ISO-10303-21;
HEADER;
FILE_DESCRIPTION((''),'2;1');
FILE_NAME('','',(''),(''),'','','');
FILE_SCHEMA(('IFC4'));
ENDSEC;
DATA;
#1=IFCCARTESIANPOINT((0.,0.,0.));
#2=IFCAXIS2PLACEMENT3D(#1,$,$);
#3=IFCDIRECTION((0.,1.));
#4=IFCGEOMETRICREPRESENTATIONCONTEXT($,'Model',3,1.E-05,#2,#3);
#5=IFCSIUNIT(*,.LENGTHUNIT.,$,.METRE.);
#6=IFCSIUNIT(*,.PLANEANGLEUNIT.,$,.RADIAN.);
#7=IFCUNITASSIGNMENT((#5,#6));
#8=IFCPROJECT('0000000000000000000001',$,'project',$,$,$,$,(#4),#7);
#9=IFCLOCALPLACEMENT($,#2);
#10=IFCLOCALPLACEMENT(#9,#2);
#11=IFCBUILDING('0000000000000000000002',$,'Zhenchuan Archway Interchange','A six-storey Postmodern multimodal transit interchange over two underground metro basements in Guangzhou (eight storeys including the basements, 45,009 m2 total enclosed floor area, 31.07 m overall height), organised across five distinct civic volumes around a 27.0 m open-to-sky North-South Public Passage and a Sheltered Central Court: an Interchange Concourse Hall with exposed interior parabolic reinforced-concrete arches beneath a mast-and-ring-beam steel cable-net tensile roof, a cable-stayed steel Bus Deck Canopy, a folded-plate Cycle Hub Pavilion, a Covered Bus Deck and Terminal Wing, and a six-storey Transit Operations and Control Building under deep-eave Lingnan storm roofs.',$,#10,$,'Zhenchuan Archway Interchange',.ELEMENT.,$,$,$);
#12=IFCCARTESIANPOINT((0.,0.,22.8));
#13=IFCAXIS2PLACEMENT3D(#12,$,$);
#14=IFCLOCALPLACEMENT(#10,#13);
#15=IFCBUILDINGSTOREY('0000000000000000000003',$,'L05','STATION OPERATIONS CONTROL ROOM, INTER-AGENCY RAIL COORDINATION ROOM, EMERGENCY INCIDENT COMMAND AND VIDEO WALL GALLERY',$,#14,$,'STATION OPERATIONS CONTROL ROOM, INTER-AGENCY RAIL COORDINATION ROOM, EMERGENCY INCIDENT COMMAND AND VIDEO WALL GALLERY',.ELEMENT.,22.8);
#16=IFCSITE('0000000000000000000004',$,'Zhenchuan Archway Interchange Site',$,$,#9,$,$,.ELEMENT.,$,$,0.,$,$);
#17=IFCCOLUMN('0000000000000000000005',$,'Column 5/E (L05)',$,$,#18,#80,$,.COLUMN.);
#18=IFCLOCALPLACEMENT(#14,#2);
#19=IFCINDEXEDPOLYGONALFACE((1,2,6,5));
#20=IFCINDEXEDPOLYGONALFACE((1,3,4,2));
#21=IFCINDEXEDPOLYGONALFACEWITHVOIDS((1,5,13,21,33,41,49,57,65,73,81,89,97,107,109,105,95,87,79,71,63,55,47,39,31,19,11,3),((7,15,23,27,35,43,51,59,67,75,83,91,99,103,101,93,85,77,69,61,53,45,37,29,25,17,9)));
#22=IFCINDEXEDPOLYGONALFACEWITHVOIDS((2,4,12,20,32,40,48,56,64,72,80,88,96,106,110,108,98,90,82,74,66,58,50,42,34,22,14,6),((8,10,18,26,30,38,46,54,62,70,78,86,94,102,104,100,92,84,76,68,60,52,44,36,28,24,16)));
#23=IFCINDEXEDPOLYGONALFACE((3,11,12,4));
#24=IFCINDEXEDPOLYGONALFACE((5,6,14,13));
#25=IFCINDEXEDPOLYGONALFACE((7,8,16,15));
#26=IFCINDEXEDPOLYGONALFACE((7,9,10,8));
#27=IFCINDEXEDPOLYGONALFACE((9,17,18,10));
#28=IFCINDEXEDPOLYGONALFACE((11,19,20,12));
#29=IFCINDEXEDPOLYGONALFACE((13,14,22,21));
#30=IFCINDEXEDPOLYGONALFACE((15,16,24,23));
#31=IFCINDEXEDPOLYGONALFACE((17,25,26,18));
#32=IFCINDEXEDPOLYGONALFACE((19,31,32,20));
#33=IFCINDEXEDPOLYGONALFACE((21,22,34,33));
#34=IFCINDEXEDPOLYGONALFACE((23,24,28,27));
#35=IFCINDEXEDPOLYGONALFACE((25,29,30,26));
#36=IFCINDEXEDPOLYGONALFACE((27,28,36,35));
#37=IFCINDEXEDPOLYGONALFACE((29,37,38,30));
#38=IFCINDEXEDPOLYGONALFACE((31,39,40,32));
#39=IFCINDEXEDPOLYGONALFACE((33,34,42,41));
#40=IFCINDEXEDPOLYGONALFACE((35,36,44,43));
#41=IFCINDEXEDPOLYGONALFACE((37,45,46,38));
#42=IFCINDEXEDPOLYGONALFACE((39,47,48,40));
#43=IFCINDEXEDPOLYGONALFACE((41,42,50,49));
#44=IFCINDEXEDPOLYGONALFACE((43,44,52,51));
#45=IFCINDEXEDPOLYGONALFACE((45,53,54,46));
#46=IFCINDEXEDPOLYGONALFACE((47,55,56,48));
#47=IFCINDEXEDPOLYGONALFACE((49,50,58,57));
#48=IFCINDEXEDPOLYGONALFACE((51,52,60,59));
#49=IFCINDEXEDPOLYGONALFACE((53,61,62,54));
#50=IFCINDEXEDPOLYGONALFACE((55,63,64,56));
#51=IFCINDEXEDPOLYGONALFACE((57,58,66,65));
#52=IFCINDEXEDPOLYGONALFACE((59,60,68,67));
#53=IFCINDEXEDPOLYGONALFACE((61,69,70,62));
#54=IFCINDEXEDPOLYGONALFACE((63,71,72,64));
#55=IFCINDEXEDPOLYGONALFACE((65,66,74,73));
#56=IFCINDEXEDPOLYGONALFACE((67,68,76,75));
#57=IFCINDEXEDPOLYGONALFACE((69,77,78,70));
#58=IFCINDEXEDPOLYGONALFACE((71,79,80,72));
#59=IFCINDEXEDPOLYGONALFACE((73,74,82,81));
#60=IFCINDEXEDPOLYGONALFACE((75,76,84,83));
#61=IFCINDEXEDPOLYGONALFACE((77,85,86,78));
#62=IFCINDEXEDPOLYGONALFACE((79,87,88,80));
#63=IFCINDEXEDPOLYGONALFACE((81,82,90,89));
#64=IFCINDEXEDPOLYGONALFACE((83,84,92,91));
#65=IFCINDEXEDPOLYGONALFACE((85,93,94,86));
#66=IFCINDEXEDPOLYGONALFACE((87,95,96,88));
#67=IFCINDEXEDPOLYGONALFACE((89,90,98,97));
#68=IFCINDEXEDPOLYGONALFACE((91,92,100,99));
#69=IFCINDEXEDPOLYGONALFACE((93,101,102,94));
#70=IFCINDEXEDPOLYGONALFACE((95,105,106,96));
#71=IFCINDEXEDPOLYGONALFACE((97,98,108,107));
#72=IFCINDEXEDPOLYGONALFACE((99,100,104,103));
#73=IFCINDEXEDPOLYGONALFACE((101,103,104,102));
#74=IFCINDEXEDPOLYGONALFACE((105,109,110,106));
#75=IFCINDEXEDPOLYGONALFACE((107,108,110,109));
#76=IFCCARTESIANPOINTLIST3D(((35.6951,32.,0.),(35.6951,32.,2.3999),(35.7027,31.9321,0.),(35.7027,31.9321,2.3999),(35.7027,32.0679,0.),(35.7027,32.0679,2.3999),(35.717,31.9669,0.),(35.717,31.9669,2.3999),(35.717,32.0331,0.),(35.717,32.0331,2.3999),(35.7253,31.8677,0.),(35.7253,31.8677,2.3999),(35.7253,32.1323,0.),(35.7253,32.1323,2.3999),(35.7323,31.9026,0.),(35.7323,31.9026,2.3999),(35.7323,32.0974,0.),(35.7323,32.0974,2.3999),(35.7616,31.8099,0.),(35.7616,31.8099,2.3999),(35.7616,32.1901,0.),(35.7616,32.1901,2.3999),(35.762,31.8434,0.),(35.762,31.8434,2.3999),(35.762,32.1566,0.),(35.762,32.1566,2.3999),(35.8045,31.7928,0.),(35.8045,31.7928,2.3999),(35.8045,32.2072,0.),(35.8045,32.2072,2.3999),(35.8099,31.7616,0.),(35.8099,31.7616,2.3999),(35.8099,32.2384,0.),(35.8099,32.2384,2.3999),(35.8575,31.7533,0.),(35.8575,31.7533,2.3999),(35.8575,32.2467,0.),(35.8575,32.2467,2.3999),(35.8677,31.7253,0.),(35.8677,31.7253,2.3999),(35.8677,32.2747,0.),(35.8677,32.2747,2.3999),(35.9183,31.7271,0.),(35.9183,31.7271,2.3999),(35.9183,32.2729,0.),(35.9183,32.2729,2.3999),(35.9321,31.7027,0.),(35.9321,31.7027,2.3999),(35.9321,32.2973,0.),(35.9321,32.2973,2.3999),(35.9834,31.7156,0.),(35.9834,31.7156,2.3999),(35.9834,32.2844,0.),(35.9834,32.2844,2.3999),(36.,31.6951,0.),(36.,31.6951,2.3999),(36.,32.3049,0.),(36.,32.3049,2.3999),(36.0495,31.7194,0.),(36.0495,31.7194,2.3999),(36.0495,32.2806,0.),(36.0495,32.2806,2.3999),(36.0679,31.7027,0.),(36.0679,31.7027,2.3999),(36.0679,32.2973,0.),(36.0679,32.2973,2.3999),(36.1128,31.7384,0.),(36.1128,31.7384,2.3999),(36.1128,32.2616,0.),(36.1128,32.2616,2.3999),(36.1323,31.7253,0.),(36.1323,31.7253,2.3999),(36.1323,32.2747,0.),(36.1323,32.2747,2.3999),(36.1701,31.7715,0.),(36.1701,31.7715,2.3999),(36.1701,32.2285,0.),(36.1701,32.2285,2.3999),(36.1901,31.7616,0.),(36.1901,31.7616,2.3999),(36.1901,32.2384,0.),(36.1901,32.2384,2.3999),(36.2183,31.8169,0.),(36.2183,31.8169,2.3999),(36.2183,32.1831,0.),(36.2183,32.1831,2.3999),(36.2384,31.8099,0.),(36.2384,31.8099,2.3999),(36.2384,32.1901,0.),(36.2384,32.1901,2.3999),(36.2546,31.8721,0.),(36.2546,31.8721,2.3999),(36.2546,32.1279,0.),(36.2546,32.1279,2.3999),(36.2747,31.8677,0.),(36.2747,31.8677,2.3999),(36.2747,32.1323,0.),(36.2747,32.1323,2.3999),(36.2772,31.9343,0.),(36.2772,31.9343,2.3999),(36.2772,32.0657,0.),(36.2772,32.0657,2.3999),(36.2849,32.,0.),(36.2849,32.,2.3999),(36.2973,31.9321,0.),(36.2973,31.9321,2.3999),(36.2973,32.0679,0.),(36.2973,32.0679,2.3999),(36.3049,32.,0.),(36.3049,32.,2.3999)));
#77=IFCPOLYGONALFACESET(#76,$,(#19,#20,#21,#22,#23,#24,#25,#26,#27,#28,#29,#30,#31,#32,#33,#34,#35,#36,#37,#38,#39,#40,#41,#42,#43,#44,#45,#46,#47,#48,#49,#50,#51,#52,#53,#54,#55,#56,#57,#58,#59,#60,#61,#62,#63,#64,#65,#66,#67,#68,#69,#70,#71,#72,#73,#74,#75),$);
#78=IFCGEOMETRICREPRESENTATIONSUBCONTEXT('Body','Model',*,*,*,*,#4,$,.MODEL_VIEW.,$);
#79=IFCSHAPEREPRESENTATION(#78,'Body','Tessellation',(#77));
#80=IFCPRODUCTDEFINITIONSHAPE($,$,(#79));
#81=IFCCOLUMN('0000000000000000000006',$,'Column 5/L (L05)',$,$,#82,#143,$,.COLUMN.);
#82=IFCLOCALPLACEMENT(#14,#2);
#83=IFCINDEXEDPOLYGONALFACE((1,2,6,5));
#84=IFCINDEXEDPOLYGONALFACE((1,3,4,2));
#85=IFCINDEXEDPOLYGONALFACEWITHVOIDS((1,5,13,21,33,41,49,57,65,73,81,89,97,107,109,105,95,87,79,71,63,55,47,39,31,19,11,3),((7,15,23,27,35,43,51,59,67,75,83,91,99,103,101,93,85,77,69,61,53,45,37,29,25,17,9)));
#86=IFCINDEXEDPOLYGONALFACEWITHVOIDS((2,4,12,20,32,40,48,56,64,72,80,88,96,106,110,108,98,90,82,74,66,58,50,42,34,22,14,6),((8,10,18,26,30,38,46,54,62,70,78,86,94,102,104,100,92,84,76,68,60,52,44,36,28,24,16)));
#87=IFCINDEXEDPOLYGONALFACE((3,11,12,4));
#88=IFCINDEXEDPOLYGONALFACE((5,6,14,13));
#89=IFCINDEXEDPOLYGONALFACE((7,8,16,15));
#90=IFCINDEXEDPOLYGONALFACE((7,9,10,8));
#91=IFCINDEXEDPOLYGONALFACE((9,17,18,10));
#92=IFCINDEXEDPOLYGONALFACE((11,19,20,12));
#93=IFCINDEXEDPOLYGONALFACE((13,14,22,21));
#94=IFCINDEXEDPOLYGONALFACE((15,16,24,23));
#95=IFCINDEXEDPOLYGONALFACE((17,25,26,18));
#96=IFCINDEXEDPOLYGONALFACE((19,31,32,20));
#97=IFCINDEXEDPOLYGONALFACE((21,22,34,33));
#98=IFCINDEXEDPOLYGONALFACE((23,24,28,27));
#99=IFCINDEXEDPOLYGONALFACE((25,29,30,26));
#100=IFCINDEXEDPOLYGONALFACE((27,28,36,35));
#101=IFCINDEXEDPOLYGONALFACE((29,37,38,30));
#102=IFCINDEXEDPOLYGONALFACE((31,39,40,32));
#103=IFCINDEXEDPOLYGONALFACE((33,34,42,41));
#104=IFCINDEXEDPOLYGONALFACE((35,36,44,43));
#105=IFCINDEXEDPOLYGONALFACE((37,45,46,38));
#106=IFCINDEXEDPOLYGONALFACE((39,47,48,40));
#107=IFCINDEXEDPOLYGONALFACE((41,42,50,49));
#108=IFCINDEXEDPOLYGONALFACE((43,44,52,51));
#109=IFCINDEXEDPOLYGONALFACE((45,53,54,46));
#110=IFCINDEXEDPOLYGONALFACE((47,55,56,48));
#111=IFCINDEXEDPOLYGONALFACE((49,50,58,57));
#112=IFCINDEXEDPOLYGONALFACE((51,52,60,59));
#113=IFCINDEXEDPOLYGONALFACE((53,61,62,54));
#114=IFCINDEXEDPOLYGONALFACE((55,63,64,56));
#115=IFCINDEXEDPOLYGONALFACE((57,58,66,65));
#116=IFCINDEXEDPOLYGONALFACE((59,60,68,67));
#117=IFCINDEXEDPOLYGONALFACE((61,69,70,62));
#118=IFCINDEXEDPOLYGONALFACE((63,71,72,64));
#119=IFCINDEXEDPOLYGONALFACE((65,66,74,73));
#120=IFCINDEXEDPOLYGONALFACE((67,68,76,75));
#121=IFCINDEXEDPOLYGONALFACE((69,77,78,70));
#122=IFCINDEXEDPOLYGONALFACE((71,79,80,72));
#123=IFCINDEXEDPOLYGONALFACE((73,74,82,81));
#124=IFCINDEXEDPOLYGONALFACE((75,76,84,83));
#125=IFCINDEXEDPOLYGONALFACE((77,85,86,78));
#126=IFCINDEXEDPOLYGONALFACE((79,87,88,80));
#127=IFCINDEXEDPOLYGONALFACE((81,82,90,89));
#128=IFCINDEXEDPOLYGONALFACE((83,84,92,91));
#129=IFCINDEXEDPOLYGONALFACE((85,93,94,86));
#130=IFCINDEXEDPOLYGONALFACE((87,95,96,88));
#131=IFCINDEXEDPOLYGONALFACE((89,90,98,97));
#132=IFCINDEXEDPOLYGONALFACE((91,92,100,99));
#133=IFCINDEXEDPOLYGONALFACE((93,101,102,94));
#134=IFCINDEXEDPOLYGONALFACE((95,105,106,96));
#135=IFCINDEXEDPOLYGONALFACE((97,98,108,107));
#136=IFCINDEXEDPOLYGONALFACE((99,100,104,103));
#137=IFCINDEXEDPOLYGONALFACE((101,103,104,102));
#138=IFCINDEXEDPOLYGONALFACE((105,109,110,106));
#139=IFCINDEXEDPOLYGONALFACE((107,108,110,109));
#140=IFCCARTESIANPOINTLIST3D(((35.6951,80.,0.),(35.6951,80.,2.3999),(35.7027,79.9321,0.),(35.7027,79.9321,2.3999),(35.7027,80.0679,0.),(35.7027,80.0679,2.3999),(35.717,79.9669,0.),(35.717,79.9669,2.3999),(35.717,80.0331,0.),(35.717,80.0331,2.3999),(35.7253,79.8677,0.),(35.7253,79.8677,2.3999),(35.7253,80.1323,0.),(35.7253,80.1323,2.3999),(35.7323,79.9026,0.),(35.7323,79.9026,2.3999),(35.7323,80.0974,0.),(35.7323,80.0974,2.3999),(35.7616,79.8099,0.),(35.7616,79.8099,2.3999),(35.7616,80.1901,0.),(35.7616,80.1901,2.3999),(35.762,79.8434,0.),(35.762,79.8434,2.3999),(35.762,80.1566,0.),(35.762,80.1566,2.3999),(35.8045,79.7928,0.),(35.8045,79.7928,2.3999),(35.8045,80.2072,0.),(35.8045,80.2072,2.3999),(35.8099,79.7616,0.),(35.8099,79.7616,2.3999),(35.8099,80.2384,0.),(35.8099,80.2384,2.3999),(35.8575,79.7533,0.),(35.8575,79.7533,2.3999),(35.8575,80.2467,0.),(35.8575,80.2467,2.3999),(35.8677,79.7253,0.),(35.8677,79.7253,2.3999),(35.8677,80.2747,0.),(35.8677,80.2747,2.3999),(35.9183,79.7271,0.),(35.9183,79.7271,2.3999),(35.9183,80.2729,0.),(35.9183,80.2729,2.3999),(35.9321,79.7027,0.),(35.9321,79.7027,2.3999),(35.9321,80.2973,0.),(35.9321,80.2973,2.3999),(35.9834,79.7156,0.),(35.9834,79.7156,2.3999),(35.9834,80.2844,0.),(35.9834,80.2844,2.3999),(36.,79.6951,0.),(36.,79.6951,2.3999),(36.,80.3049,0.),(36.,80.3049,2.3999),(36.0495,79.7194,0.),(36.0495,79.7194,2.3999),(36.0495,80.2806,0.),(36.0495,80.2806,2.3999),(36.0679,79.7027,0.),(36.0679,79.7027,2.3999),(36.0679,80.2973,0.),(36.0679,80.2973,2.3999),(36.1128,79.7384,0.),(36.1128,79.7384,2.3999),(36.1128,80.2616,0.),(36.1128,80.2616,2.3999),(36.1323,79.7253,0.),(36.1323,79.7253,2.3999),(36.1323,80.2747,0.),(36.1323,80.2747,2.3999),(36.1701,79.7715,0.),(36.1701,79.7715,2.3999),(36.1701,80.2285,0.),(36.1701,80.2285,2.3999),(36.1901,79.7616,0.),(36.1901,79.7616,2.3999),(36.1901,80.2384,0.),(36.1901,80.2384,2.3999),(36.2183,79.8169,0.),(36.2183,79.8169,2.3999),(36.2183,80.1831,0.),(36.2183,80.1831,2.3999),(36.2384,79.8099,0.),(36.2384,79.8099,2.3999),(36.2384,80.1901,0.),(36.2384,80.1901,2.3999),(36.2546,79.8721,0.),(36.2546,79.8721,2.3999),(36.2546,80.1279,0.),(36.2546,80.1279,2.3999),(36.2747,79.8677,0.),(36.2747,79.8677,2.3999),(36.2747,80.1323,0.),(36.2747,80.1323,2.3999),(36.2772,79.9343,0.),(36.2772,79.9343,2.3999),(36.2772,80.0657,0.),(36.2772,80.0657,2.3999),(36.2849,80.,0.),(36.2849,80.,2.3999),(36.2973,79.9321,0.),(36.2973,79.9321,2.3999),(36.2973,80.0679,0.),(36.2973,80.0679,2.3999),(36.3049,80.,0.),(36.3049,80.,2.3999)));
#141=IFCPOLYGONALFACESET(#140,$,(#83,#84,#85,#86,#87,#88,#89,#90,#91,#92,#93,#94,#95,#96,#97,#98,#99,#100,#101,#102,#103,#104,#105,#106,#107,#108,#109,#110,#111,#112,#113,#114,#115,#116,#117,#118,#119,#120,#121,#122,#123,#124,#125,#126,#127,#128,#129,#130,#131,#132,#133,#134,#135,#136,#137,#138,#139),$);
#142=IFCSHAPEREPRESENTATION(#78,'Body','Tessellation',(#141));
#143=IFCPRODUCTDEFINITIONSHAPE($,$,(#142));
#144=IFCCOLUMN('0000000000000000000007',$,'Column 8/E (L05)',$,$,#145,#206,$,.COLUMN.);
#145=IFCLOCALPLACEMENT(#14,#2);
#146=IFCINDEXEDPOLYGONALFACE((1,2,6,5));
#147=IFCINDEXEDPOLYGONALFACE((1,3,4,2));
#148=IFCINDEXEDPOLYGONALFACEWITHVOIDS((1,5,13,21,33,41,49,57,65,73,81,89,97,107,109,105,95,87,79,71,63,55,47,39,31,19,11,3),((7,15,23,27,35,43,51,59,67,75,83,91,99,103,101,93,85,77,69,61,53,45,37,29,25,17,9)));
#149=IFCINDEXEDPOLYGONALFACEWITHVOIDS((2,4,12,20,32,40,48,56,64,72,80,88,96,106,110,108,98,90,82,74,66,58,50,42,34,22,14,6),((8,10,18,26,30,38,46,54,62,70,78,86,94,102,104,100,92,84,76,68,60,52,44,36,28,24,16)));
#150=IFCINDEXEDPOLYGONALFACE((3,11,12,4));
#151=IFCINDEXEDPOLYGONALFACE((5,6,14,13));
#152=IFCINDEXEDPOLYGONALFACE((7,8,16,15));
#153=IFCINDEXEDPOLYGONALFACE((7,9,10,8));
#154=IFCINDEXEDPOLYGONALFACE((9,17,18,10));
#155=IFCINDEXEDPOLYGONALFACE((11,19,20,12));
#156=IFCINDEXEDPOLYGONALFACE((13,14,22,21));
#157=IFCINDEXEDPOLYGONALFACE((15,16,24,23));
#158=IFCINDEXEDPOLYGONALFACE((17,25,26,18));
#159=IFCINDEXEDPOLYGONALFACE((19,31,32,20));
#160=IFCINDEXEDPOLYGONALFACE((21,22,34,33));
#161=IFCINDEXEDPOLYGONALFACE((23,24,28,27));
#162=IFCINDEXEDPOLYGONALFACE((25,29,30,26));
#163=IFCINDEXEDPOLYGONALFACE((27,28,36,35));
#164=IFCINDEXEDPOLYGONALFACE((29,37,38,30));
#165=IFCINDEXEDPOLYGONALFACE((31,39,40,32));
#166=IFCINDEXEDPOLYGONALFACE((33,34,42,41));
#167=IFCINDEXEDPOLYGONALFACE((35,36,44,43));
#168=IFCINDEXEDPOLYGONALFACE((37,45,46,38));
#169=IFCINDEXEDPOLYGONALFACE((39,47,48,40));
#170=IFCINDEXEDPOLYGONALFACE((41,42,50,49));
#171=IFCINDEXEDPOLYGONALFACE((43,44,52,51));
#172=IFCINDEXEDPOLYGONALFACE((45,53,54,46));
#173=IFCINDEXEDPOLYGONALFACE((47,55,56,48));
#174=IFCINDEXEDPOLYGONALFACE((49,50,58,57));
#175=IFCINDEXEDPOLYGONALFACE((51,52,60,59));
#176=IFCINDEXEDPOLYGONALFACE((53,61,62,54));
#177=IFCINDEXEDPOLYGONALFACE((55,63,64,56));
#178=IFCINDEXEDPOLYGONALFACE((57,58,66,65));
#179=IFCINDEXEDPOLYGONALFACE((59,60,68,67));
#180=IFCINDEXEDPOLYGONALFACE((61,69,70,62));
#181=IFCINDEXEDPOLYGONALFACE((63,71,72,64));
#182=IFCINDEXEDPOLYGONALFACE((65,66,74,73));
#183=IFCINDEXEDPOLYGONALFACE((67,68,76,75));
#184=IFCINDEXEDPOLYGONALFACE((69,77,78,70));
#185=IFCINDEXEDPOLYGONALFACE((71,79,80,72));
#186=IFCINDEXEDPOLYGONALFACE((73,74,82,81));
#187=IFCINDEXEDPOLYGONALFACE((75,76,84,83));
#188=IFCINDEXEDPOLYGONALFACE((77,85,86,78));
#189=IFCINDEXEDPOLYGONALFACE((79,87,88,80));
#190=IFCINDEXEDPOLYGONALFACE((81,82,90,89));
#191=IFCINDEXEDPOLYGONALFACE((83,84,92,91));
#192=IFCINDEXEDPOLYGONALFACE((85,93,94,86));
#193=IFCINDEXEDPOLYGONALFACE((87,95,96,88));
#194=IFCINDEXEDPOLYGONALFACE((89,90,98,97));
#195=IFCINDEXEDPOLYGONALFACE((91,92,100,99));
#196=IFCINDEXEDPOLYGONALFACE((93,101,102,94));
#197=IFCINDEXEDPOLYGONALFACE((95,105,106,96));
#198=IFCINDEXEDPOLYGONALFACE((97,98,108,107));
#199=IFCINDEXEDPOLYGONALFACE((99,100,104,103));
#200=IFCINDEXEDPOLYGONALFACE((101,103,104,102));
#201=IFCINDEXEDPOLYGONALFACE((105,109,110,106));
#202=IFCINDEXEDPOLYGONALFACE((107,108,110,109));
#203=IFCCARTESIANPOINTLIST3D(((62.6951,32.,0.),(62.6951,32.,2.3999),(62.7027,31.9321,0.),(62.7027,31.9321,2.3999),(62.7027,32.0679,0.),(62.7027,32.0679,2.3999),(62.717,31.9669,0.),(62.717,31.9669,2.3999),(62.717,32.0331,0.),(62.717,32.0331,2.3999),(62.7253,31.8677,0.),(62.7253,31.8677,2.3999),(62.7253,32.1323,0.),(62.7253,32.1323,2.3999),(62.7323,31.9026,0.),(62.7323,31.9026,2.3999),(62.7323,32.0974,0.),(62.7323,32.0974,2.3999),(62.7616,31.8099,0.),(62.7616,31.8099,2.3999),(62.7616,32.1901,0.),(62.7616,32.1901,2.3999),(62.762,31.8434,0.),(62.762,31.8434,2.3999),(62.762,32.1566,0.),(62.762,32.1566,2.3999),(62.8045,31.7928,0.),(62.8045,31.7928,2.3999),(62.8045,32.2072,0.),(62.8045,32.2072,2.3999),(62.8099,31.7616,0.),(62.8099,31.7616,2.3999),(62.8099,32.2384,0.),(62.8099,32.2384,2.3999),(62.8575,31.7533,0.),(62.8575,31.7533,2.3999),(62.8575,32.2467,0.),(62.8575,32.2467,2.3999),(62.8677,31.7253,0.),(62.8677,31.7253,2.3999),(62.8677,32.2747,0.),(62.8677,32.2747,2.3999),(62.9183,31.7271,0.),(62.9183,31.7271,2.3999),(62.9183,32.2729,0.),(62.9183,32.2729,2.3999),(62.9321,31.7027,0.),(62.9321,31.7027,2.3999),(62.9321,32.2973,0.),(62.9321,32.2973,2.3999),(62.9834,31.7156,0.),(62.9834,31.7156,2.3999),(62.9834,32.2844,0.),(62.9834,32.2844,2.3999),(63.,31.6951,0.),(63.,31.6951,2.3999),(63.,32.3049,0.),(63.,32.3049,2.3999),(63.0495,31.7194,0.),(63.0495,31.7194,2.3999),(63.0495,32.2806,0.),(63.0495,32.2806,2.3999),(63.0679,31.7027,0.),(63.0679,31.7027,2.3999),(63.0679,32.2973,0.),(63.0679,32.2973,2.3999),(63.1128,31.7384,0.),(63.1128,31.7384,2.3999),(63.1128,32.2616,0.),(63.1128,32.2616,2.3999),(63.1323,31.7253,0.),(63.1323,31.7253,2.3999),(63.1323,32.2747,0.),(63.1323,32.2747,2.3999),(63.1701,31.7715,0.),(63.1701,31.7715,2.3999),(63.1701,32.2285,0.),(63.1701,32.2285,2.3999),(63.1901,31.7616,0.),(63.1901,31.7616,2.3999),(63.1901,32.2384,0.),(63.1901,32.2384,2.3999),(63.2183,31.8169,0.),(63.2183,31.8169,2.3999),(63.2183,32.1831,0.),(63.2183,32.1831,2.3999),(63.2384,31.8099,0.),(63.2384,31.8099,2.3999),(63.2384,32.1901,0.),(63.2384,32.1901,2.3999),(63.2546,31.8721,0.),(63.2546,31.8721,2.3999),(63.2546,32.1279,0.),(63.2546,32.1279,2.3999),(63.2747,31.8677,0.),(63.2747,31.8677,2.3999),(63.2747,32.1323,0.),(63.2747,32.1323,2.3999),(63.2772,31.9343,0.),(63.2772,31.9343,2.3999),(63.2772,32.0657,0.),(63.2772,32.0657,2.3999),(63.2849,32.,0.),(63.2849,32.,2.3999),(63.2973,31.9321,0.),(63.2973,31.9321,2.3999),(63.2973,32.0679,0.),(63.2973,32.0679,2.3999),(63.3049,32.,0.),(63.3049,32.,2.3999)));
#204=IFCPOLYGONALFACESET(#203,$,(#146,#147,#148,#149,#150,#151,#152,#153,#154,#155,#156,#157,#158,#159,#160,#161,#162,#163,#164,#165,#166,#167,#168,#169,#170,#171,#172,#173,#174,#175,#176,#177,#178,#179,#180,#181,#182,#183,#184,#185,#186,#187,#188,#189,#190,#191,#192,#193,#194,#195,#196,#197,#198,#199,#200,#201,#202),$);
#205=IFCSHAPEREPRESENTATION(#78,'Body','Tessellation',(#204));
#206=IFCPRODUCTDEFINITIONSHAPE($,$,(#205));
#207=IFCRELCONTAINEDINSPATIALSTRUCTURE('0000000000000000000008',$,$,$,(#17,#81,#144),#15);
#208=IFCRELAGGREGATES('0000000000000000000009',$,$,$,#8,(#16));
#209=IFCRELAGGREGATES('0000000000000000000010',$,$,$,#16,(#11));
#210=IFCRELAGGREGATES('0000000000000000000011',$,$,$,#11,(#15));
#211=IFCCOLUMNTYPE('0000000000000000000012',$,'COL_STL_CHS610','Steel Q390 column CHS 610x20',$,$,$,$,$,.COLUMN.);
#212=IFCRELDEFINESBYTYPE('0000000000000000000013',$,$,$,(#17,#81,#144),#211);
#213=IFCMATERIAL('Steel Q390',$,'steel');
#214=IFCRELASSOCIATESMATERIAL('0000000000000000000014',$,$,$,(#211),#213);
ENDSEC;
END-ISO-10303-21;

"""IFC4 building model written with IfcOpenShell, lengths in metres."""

from ifc_helpers import new_model, si_unit, direction, frame, origin, origin_2d, place, context, subcontext, project, spatial, hollow_circle, extrude, material, material_profile, profile_set, type_object, element, save


model = new_model("IFC4")

# Units and contexts
model_context = context("Model", 3, precision=1e-05, world=origin(), true_north=direction((0.0, 1.0)))
body_context = subcontext(model_context, "Body", "Model", "MODEL_VIEW")
ifc_project = project(units=[si_unit("LENGTHUNIT", "METRE"), si_unit("PLANEANGLEUNIT", "RADIAN")], contexts=[model_context])

# Site, building, storey
site_placement = place(None, origin())
site = spatial("IfcSite", under=ifc_project, at=site_placement, Name="Zhenchuan Archway Interchange Site", CompositionType="ELEMENT", RefElevation=0.0)
building_placement = place(site_placement, origin())
building = spatial("IfcBuilding", under=site, at=building_placement, Name="Zhenchuan Archway Interchange", Description="A six-storey Postmodern multimodal transit interchange over two underground metro basements in Guangzhou (eight storeys including the basements, 45,009 m2 total enclosed floor area, 31.07 m overall height), organised across five distinct civic volumes around a 27.0 m open-to-sky North-South Public Passage and a Sheltered Central Court: an Interchange Concourse Hall with exposed interior parabolic reinforced-concrete arches beneath a mast-and-ring-beam steel cable-net tensile roof, a cable-stayed steel Bus Deck Canopy, a folded-plate Cycle Hub Pavilion, a Covered Bus Deck and Terminal Wing, and a six-storey Transit Operations and Control Building under deep-eave Lingnan storm roofs.", LongName="Zhenchuan Archway Interchange", CompositionType="ELEMENT")
storey_placement = place(building_placement, frame((0.0, 0.0, 22.8)))
storey = spatial("IfcBuildingStorey", under=building, at=storey_placement, Name="L05", Description="STATION OPERATIONS CONTROL ROOM, INTER-AGENCY RAIL COORDINATION ROOM, EMERGENCY INCIDENT COMMAND AND VIDEO WALL GALLERY", LongName="STATION OPERATIONS CONTROL ROOM, INTER-AGENCY RAIL COORDINATION ROOM, EMERGENCY INCIDENT COMMAND AND VIDEO WALL GALLERY", CompositionType="ELEMENT", Elevation=22.8)

# Columns
ifc_material_1 = material(Name="Steel Q390", Category="steel")
ifc_material_profile_1 = material_profile(ifc_material_1, hollow_circle(Radius=0.3049, WallThickness=0.02, at=origin_2d()), Name="CHS 610x20")
ifc_profile_set_1 = profile_set([ifc_material_profile_1], Name="Steel Q390")
column_type = type_object("IfcColumnType", Name="COL_STL_CHS610", Description="Steel Q390 column CHS 610x20", PredefinedType="COLUMN", material=ifc_profile_set_1)
for number, where, z_axis, x_axis, name in (
    (1, (36.0, 32.0, 0.0), (0.0, 0.0, 1.0), (1.0, 0.0, 0.0), "Column 5/E (L05)"),
    (2, (36.0, 80.0, 0.0), (0.0, 0.0, 1.0), (1.0, 0.0, 0.0), "Column 5/L (L05)"),
    (3, (63.0, 32.0, 0.0), (0.0, 0.0, 1.0), (1.0, 0.0, 0.0), "Column 8/E (L05)"),
):
    element("IfcColumn", number, at=place(storey_placement, frame(where, z_axis=z_axis, x_axis=x_axis)), inside=storey, type_object=column_type, Name=name, PredefinedType="COLUMN", context=body_context, shape_type="SweptSolid", body=[
        extrude(hollow_circle(Radius=0.3049, WallThickness=0.02, at=origin_2d()), origin(), (0.0, 0.0, 1.0), 2.3999),
    ])

save(model, "model.ifc")
